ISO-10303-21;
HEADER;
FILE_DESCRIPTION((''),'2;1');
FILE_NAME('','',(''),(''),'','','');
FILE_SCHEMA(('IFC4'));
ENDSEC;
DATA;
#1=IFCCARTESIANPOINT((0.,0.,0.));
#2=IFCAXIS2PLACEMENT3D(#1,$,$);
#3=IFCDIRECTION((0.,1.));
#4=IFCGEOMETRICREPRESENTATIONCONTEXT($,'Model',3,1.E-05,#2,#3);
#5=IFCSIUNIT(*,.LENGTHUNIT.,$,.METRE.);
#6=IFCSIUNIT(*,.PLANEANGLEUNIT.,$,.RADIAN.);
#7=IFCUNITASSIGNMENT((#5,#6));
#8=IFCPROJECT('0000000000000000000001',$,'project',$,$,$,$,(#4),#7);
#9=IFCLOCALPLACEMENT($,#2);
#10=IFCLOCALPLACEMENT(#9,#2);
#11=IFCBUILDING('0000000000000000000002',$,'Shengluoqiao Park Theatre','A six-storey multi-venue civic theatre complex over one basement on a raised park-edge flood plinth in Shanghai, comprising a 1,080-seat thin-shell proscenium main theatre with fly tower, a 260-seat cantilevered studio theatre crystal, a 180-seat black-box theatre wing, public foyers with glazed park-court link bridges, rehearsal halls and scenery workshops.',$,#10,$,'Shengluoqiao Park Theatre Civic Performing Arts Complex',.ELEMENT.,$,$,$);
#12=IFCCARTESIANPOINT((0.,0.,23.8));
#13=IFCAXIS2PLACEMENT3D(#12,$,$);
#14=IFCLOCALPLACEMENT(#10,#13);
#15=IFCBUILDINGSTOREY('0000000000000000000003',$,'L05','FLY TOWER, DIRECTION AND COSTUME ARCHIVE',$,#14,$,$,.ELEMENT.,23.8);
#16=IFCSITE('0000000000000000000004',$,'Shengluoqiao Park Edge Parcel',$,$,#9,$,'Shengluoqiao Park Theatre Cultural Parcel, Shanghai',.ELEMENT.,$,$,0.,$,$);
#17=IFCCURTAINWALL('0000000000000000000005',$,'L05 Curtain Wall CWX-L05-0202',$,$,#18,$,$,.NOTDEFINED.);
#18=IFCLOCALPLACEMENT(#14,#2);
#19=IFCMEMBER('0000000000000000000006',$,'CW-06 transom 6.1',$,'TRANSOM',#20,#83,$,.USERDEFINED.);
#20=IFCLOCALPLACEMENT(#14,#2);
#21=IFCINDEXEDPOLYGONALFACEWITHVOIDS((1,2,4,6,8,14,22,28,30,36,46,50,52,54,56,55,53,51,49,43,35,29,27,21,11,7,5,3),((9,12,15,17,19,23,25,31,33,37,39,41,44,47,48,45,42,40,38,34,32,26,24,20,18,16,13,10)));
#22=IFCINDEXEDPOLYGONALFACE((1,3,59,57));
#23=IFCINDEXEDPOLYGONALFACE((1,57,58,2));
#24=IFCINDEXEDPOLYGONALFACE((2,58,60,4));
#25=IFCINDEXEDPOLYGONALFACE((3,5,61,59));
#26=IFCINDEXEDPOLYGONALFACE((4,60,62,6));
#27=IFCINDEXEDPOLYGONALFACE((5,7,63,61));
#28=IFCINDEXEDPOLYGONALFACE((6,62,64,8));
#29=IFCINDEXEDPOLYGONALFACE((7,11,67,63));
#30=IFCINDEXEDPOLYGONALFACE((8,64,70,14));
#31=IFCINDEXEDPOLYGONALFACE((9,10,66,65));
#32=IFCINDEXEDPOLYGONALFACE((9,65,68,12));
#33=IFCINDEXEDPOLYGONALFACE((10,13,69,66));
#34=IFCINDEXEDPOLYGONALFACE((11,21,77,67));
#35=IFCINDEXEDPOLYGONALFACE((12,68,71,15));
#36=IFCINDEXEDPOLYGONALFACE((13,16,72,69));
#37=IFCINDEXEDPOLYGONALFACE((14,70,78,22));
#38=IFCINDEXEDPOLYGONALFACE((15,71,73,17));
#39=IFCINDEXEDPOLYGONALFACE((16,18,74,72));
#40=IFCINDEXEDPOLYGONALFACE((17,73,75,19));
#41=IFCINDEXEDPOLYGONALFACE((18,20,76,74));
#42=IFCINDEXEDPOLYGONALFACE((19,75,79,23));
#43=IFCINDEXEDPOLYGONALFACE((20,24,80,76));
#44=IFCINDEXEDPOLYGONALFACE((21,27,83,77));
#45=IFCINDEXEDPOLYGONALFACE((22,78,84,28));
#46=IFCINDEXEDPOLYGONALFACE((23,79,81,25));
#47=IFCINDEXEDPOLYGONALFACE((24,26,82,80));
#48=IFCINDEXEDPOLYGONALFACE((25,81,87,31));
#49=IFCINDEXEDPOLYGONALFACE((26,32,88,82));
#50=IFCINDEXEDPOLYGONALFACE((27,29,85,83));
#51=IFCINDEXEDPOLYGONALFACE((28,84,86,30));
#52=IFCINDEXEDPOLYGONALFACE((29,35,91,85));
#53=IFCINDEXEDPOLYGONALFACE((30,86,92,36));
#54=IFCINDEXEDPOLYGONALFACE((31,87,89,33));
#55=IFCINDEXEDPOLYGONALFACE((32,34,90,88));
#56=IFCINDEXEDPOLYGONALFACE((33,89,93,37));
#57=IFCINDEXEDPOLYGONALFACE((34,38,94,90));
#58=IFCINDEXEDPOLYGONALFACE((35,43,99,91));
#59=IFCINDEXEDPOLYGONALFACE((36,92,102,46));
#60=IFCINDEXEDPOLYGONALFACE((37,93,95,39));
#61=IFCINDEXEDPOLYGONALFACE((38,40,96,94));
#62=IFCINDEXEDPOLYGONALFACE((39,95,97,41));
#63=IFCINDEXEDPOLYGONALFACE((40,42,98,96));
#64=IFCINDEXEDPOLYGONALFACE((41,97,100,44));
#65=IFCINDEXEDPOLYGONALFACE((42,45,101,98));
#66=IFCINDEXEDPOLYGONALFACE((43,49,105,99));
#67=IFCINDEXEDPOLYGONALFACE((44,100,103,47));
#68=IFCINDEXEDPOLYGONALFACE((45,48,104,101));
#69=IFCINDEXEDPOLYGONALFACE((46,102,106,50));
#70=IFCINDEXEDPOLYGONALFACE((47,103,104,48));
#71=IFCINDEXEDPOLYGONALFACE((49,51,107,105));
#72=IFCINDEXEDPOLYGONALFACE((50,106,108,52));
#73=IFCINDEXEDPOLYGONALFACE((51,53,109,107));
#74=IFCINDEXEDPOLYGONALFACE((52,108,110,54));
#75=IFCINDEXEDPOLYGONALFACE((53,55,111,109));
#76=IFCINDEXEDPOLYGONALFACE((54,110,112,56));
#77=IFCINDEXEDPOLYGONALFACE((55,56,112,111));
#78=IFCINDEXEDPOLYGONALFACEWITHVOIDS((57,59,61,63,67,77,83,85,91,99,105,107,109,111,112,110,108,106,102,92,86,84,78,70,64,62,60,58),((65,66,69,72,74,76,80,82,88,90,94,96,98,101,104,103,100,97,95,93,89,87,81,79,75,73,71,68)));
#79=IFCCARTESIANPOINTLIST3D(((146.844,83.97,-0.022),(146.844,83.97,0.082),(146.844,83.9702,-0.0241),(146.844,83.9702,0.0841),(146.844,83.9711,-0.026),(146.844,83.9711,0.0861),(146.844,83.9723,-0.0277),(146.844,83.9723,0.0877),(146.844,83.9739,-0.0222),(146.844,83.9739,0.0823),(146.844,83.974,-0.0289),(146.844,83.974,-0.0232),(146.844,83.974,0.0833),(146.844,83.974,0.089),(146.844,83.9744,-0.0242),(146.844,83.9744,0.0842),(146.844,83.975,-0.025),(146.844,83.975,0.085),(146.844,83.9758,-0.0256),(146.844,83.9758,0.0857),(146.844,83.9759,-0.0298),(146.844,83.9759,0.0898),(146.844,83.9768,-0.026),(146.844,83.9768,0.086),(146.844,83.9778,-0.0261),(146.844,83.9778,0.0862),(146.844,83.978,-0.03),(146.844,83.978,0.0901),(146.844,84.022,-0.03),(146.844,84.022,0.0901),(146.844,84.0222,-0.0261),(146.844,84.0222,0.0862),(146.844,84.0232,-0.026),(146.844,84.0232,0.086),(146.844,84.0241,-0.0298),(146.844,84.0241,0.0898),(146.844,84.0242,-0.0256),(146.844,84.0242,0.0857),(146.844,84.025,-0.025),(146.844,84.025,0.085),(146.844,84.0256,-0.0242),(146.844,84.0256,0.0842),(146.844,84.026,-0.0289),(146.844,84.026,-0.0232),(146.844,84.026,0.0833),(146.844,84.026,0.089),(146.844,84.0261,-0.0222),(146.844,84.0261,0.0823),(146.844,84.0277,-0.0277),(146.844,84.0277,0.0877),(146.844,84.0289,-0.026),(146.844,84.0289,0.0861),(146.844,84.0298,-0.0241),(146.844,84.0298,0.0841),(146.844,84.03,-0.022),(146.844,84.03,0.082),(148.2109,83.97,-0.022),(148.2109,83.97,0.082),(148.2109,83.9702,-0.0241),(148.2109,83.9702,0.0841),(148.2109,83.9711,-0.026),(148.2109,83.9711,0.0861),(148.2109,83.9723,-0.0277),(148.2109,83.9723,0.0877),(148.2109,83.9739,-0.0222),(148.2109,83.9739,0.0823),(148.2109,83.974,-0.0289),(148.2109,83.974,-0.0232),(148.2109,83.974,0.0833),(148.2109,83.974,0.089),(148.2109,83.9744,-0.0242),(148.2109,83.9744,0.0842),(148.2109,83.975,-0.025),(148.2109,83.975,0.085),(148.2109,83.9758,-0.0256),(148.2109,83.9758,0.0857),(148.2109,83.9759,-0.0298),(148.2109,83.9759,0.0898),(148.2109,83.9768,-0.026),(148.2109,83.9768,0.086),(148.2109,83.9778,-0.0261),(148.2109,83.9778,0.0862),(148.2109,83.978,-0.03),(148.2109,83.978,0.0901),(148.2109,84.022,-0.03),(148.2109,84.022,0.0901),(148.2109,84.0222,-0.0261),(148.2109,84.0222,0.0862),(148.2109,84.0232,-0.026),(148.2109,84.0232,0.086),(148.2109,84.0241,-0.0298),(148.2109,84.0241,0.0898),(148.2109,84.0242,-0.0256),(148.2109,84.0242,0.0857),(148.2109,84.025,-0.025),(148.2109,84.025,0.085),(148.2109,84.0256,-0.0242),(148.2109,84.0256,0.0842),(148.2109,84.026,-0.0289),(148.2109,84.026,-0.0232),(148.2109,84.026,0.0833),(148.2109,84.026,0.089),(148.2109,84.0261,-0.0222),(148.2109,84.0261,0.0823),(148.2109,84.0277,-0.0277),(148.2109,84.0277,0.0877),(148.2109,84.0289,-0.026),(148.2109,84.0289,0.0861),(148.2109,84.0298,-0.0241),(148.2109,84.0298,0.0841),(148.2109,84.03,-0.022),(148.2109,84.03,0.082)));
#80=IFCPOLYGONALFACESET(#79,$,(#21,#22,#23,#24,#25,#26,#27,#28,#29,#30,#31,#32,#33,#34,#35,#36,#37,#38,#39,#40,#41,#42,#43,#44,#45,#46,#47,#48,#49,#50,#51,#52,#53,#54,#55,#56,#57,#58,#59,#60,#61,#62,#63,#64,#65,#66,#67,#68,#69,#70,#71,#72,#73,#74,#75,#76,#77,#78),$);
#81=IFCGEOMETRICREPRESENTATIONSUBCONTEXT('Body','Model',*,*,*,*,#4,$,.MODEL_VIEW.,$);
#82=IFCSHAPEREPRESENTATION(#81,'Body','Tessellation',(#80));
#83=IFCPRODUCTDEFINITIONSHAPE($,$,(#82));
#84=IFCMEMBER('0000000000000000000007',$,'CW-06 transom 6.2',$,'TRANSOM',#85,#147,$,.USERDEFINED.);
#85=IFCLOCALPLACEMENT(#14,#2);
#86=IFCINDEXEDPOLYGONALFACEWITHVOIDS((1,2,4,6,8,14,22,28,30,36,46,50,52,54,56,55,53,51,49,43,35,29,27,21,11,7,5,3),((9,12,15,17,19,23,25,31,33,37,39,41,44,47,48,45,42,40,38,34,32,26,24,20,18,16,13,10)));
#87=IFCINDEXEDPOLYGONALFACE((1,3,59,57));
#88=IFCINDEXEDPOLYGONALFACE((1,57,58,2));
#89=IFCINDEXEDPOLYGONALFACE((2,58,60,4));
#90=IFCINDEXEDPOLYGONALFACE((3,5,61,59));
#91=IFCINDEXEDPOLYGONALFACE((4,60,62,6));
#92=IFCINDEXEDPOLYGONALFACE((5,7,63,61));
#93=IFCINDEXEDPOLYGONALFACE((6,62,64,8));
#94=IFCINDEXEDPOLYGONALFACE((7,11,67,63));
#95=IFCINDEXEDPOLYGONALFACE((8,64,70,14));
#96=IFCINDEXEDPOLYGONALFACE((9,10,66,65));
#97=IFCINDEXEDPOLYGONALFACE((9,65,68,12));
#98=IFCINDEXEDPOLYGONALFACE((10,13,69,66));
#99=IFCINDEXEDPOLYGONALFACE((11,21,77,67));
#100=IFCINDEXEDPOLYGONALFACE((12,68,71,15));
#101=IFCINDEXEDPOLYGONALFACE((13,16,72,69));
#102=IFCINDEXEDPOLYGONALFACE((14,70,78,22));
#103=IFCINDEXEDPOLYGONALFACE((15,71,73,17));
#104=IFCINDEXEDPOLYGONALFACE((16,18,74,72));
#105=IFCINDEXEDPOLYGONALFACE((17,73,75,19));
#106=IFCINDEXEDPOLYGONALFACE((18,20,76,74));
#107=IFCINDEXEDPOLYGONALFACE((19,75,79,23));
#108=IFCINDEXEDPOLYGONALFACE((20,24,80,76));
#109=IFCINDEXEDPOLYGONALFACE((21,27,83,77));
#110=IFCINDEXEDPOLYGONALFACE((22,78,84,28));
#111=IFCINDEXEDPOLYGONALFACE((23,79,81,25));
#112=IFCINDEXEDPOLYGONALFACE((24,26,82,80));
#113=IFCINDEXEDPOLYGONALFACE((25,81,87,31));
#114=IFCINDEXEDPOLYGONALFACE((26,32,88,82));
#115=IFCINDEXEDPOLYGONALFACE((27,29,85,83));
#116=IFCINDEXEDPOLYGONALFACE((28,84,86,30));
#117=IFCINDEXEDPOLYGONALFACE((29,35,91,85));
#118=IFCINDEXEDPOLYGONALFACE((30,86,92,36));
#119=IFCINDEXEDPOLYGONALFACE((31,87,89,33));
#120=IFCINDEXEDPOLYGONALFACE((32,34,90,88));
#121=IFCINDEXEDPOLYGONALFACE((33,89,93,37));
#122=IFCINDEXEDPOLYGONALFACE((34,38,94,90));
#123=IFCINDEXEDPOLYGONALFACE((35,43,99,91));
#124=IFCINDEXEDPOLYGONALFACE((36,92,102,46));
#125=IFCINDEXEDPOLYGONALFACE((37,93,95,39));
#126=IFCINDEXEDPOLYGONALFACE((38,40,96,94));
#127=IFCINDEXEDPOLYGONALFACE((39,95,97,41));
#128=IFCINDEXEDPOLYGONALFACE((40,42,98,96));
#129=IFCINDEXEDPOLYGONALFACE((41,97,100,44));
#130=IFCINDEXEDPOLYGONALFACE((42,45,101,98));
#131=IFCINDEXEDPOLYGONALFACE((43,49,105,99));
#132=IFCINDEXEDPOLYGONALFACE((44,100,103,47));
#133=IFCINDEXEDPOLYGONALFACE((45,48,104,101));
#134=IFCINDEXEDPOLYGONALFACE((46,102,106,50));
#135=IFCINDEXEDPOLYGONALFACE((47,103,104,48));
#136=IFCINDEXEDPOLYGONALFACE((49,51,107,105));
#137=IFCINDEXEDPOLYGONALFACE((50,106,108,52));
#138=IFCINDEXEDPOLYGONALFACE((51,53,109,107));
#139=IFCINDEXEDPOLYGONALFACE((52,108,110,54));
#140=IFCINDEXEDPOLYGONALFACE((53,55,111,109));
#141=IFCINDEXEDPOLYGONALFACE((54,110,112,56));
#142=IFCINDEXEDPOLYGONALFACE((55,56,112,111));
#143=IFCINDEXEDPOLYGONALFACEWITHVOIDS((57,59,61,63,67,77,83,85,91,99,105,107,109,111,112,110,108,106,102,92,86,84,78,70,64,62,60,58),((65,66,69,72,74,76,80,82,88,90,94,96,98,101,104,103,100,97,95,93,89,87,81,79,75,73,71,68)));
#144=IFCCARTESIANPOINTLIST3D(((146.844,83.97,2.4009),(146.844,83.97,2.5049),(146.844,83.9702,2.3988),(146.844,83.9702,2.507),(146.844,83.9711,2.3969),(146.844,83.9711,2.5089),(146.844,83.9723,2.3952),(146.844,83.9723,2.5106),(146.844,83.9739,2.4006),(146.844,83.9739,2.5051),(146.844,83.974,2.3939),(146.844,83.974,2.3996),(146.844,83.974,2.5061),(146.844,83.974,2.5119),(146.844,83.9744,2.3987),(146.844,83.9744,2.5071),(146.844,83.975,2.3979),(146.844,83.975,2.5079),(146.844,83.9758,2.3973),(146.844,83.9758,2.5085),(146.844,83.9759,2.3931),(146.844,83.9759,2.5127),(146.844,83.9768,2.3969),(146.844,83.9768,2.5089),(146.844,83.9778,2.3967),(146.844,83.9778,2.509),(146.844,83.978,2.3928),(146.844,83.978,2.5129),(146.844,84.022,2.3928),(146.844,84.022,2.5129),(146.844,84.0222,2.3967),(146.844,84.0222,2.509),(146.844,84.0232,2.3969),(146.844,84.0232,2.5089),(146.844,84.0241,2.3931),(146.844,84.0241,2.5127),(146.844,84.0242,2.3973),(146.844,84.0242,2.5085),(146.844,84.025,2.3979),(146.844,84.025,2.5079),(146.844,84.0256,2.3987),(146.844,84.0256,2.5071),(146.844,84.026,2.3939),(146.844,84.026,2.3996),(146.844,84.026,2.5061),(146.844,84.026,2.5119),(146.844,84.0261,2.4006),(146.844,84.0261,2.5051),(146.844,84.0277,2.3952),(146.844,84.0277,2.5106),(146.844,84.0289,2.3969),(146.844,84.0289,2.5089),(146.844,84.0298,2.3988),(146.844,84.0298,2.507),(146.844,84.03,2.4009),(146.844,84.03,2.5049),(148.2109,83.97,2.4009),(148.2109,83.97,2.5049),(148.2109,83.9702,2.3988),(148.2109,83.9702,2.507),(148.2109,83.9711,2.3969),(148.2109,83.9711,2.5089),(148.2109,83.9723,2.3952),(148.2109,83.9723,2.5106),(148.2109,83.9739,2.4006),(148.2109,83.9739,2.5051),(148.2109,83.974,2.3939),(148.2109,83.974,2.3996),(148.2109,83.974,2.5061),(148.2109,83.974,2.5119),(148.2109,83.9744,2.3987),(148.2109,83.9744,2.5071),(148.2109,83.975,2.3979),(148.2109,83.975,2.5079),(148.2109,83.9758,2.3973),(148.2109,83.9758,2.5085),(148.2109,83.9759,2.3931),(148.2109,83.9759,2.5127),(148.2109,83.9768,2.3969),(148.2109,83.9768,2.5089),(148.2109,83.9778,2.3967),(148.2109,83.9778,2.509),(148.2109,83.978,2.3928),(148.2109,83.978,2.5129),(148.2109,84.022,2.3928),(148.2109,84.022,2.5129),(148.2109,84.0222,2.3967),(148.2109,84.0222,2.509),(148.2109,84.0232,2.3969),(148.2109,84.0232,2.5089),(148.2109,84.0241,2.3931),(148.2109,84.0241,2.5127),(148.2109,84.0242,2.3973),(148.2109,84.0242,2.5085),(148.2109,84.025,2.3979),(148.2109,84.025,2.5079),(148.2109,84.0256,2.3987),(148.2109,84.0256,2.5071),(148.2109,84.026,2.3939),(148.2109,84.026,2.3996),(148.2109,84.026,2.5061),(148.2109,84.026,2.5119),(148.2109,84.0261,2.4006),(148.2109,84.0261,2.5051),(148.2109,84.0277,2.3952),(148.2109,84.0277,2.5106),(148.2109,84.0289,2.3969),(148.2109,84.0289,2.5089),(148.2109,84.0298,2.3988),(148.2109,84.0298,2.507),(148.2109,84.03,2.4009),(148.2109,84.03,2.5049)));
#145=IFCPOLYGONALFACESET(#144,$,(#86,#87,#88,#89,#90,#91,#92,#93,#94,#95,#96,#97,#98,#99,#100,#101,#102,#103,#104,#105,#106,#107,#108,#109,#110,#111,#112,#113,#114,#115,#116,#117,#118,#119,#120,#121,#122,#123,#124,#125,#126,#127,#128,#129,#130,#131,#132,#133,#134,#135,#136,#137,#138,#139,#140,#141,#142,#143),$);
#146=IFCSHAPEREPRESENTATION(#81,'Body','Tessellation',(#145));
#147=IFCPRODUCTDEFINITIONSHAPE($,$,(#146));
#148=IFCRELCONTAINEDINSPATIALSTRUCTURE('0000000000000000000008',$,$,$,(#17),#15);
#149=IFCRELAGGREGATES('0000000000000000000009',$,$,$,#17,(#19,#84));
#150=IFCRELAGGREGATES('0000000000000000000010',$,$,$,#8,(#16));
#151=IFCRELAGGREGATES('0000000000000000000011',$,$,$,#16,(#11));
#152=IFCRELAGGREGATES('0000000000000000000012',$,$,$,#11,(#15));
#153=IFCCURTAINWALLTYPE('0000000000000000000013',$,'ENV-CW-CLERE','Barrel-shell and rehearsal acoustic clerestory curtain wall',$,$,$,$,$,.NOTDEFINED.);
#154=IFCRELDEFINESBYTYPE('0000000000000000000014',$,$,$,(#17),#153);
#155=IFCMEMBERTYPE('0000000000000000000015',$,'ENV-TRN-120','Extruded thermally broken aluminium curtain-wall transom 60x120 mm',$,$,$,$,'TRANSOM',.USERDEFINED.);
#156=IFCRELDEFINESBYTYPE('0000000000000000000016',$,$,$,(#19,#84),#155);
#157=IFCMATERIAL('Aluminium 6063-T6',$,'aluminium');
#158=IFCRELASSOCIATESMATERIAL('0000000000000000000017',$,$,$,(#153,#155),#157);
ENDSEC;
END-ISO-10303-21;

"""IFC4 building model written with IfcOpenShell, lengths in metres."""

from ifc_helpers import new_model, si_unit, direction, frame, origin, origin_2d, place, context, subcontext, project, spatial, hollow_rectangle, extrude, material, material_profile, profile_set, type_object, element, aggregate, save


model = new_model("IFC4")

# Units and contexts
model_context = context("Model", 3, precision=1e-05, world=origin(), true_north=direction((0.0, 1.0)))
body_context = subcontext(model_context, "Body", "Model", "MODEL_VIEW")
ifc_project = project(units=[si_unit("LENGTHUNIT", "METRE"), si_unit("PLANEANGLEUNIT", "RADIAN")], contexts=[model_context])

# Site, building, storey
site_placement = place(None, origin())
site = spatial("IfcSite", under=ifc_project, at=site_placement, Name="Shengluoqiao Park Edge Parcel", LongName="Shengluoqiao Park Theatre Cultural Parcel, Shanghai", CompositionType="ELEMENT", RefElevation=0.0)
building_placement = place(site_placement, origin())
building = spatial("IfcBuilding", under=site, at=building_placement, Name="Shengluoqiao Park Theatre", Description="A six-storey multi-venue civic theatre complex over one basement on a raised park-edge flood plinth in Shanghai, comprising a 1,080-seat thin-shell proscenium main theatre with fly tower, a 260-seat cantilevered studio theatre crystal, a 180-seat black-box theatre wing, public foyers with glazed park-court link bridges, rehearsal halls and scenery workshops.", LongName="Shengluoqiao Park Theatre Civic Performing Arts Complex", CompositionType="ELEMENT")
storey_placement = place(building_placement, frame((0.0, 0.0, 23.8)))
storey = spatial("IfcBuildingStorey", under=building, at=storey_placement, Name="L05", Description="FLY TOWER, DIRECTION AND COSTUME ARCHIVE", CompositionType="ELEMENT", Elevation=23.8)

# Curtain wall, members
ifc_material_1 = material(Name="Aluminium 6063-T6", Category="aluminium")
curtain_wall_type = type_object("IfcCurtainWallType", Name="ENV-CW-CLERE", Description="Barrel-shell and rehearsal acoustic clerestory curtain wall", PredefinedType="NOTDEFINED", material=ifc_material_1)
curtain_wall_placement = place(storey_placement, origin())
curtain_wall = element("IfcCurtainWall", 1, at=curtain_wall_placement, inside=storey, type_object=curtain_wall_type, Name="L05 Curtain Wall CWX-L05-0202", PredefinedType="NOTDEFINED")
ifc_material_profile_1 = material_profile(ifc_material_1, hollow_rectangle(XDim=0.0601, YDim=0.1201, WallThickness=0.0039, InnerFilletRadius=0.0039, OuterFilletRadius=0.0081, at=origin_2d()), Name="ALU TRANSOM 120x60x4")
ifc_profile_set_1 = profile_set([ifc_material_profile_1], Name="Aluminium 6063-T6")
member_type_1 = type_object("IfcMemberType", Name="ENV-TRN-120", Description="Extruded thermally broken aluminium curtain-wall transom 60x120 mm", ElementType="TRANSOM", PredefinedType="USERDEFINED", material=ifc_profile_set_1)
member_1_placement = place(storey_placement, frame((146.844, 84.0, 0.03), z_axis=(1.0, 0.0, 0.0), x_axis=(0.0, 1.0, 0.0)))
member_1 = element("IfcMember", 2, at=member_1_placement, type_object=member_type_1, Name="CW-06 transom 6.1", ObjectType="TRANSOM", PredefinedType="USERDEFINED", context=body_context, shape_type="SweptSolid", body=[
    extrude(hollow_rectangle(XDim=0.0601, YDim=0.1201, WallThickness=0.0039, InnerFilletRadius=0.0039, OuterFilletRadius=0.0081, at=origin_2d()), origin(), (0.0, 0.0, 1.0), 1.3669),
])
member_2_placement = place(storey_placement, frame((146.844, 84.0, 2.4529), z_axis=(1.0, 0.0, 0.0), x_axis=(0.0, 1.0, 0.0)))
member_2 = element("IfcMember", 3, at=member_2_placement, type_object=member_type_1, Name="CW-06 transom 6.2", ObjectType="TRANSOM", PredefinedType="USERDEFINED", context=body_context, shape_type="SweptSolid", body=[
    extrude(hollow_rectangle(XDim=0.0601, YDim=0.1201, WallThickness=0.0039, InnerFilletRadius=0.0039, OuterFilletRadius=0.0081, at=origin_2d()), origin(), (0.0, 0.0, 1.0), 1.3669),
])
aggregate(curtain_wall, [member_1, member_2])

save(model, "model.ifc")
